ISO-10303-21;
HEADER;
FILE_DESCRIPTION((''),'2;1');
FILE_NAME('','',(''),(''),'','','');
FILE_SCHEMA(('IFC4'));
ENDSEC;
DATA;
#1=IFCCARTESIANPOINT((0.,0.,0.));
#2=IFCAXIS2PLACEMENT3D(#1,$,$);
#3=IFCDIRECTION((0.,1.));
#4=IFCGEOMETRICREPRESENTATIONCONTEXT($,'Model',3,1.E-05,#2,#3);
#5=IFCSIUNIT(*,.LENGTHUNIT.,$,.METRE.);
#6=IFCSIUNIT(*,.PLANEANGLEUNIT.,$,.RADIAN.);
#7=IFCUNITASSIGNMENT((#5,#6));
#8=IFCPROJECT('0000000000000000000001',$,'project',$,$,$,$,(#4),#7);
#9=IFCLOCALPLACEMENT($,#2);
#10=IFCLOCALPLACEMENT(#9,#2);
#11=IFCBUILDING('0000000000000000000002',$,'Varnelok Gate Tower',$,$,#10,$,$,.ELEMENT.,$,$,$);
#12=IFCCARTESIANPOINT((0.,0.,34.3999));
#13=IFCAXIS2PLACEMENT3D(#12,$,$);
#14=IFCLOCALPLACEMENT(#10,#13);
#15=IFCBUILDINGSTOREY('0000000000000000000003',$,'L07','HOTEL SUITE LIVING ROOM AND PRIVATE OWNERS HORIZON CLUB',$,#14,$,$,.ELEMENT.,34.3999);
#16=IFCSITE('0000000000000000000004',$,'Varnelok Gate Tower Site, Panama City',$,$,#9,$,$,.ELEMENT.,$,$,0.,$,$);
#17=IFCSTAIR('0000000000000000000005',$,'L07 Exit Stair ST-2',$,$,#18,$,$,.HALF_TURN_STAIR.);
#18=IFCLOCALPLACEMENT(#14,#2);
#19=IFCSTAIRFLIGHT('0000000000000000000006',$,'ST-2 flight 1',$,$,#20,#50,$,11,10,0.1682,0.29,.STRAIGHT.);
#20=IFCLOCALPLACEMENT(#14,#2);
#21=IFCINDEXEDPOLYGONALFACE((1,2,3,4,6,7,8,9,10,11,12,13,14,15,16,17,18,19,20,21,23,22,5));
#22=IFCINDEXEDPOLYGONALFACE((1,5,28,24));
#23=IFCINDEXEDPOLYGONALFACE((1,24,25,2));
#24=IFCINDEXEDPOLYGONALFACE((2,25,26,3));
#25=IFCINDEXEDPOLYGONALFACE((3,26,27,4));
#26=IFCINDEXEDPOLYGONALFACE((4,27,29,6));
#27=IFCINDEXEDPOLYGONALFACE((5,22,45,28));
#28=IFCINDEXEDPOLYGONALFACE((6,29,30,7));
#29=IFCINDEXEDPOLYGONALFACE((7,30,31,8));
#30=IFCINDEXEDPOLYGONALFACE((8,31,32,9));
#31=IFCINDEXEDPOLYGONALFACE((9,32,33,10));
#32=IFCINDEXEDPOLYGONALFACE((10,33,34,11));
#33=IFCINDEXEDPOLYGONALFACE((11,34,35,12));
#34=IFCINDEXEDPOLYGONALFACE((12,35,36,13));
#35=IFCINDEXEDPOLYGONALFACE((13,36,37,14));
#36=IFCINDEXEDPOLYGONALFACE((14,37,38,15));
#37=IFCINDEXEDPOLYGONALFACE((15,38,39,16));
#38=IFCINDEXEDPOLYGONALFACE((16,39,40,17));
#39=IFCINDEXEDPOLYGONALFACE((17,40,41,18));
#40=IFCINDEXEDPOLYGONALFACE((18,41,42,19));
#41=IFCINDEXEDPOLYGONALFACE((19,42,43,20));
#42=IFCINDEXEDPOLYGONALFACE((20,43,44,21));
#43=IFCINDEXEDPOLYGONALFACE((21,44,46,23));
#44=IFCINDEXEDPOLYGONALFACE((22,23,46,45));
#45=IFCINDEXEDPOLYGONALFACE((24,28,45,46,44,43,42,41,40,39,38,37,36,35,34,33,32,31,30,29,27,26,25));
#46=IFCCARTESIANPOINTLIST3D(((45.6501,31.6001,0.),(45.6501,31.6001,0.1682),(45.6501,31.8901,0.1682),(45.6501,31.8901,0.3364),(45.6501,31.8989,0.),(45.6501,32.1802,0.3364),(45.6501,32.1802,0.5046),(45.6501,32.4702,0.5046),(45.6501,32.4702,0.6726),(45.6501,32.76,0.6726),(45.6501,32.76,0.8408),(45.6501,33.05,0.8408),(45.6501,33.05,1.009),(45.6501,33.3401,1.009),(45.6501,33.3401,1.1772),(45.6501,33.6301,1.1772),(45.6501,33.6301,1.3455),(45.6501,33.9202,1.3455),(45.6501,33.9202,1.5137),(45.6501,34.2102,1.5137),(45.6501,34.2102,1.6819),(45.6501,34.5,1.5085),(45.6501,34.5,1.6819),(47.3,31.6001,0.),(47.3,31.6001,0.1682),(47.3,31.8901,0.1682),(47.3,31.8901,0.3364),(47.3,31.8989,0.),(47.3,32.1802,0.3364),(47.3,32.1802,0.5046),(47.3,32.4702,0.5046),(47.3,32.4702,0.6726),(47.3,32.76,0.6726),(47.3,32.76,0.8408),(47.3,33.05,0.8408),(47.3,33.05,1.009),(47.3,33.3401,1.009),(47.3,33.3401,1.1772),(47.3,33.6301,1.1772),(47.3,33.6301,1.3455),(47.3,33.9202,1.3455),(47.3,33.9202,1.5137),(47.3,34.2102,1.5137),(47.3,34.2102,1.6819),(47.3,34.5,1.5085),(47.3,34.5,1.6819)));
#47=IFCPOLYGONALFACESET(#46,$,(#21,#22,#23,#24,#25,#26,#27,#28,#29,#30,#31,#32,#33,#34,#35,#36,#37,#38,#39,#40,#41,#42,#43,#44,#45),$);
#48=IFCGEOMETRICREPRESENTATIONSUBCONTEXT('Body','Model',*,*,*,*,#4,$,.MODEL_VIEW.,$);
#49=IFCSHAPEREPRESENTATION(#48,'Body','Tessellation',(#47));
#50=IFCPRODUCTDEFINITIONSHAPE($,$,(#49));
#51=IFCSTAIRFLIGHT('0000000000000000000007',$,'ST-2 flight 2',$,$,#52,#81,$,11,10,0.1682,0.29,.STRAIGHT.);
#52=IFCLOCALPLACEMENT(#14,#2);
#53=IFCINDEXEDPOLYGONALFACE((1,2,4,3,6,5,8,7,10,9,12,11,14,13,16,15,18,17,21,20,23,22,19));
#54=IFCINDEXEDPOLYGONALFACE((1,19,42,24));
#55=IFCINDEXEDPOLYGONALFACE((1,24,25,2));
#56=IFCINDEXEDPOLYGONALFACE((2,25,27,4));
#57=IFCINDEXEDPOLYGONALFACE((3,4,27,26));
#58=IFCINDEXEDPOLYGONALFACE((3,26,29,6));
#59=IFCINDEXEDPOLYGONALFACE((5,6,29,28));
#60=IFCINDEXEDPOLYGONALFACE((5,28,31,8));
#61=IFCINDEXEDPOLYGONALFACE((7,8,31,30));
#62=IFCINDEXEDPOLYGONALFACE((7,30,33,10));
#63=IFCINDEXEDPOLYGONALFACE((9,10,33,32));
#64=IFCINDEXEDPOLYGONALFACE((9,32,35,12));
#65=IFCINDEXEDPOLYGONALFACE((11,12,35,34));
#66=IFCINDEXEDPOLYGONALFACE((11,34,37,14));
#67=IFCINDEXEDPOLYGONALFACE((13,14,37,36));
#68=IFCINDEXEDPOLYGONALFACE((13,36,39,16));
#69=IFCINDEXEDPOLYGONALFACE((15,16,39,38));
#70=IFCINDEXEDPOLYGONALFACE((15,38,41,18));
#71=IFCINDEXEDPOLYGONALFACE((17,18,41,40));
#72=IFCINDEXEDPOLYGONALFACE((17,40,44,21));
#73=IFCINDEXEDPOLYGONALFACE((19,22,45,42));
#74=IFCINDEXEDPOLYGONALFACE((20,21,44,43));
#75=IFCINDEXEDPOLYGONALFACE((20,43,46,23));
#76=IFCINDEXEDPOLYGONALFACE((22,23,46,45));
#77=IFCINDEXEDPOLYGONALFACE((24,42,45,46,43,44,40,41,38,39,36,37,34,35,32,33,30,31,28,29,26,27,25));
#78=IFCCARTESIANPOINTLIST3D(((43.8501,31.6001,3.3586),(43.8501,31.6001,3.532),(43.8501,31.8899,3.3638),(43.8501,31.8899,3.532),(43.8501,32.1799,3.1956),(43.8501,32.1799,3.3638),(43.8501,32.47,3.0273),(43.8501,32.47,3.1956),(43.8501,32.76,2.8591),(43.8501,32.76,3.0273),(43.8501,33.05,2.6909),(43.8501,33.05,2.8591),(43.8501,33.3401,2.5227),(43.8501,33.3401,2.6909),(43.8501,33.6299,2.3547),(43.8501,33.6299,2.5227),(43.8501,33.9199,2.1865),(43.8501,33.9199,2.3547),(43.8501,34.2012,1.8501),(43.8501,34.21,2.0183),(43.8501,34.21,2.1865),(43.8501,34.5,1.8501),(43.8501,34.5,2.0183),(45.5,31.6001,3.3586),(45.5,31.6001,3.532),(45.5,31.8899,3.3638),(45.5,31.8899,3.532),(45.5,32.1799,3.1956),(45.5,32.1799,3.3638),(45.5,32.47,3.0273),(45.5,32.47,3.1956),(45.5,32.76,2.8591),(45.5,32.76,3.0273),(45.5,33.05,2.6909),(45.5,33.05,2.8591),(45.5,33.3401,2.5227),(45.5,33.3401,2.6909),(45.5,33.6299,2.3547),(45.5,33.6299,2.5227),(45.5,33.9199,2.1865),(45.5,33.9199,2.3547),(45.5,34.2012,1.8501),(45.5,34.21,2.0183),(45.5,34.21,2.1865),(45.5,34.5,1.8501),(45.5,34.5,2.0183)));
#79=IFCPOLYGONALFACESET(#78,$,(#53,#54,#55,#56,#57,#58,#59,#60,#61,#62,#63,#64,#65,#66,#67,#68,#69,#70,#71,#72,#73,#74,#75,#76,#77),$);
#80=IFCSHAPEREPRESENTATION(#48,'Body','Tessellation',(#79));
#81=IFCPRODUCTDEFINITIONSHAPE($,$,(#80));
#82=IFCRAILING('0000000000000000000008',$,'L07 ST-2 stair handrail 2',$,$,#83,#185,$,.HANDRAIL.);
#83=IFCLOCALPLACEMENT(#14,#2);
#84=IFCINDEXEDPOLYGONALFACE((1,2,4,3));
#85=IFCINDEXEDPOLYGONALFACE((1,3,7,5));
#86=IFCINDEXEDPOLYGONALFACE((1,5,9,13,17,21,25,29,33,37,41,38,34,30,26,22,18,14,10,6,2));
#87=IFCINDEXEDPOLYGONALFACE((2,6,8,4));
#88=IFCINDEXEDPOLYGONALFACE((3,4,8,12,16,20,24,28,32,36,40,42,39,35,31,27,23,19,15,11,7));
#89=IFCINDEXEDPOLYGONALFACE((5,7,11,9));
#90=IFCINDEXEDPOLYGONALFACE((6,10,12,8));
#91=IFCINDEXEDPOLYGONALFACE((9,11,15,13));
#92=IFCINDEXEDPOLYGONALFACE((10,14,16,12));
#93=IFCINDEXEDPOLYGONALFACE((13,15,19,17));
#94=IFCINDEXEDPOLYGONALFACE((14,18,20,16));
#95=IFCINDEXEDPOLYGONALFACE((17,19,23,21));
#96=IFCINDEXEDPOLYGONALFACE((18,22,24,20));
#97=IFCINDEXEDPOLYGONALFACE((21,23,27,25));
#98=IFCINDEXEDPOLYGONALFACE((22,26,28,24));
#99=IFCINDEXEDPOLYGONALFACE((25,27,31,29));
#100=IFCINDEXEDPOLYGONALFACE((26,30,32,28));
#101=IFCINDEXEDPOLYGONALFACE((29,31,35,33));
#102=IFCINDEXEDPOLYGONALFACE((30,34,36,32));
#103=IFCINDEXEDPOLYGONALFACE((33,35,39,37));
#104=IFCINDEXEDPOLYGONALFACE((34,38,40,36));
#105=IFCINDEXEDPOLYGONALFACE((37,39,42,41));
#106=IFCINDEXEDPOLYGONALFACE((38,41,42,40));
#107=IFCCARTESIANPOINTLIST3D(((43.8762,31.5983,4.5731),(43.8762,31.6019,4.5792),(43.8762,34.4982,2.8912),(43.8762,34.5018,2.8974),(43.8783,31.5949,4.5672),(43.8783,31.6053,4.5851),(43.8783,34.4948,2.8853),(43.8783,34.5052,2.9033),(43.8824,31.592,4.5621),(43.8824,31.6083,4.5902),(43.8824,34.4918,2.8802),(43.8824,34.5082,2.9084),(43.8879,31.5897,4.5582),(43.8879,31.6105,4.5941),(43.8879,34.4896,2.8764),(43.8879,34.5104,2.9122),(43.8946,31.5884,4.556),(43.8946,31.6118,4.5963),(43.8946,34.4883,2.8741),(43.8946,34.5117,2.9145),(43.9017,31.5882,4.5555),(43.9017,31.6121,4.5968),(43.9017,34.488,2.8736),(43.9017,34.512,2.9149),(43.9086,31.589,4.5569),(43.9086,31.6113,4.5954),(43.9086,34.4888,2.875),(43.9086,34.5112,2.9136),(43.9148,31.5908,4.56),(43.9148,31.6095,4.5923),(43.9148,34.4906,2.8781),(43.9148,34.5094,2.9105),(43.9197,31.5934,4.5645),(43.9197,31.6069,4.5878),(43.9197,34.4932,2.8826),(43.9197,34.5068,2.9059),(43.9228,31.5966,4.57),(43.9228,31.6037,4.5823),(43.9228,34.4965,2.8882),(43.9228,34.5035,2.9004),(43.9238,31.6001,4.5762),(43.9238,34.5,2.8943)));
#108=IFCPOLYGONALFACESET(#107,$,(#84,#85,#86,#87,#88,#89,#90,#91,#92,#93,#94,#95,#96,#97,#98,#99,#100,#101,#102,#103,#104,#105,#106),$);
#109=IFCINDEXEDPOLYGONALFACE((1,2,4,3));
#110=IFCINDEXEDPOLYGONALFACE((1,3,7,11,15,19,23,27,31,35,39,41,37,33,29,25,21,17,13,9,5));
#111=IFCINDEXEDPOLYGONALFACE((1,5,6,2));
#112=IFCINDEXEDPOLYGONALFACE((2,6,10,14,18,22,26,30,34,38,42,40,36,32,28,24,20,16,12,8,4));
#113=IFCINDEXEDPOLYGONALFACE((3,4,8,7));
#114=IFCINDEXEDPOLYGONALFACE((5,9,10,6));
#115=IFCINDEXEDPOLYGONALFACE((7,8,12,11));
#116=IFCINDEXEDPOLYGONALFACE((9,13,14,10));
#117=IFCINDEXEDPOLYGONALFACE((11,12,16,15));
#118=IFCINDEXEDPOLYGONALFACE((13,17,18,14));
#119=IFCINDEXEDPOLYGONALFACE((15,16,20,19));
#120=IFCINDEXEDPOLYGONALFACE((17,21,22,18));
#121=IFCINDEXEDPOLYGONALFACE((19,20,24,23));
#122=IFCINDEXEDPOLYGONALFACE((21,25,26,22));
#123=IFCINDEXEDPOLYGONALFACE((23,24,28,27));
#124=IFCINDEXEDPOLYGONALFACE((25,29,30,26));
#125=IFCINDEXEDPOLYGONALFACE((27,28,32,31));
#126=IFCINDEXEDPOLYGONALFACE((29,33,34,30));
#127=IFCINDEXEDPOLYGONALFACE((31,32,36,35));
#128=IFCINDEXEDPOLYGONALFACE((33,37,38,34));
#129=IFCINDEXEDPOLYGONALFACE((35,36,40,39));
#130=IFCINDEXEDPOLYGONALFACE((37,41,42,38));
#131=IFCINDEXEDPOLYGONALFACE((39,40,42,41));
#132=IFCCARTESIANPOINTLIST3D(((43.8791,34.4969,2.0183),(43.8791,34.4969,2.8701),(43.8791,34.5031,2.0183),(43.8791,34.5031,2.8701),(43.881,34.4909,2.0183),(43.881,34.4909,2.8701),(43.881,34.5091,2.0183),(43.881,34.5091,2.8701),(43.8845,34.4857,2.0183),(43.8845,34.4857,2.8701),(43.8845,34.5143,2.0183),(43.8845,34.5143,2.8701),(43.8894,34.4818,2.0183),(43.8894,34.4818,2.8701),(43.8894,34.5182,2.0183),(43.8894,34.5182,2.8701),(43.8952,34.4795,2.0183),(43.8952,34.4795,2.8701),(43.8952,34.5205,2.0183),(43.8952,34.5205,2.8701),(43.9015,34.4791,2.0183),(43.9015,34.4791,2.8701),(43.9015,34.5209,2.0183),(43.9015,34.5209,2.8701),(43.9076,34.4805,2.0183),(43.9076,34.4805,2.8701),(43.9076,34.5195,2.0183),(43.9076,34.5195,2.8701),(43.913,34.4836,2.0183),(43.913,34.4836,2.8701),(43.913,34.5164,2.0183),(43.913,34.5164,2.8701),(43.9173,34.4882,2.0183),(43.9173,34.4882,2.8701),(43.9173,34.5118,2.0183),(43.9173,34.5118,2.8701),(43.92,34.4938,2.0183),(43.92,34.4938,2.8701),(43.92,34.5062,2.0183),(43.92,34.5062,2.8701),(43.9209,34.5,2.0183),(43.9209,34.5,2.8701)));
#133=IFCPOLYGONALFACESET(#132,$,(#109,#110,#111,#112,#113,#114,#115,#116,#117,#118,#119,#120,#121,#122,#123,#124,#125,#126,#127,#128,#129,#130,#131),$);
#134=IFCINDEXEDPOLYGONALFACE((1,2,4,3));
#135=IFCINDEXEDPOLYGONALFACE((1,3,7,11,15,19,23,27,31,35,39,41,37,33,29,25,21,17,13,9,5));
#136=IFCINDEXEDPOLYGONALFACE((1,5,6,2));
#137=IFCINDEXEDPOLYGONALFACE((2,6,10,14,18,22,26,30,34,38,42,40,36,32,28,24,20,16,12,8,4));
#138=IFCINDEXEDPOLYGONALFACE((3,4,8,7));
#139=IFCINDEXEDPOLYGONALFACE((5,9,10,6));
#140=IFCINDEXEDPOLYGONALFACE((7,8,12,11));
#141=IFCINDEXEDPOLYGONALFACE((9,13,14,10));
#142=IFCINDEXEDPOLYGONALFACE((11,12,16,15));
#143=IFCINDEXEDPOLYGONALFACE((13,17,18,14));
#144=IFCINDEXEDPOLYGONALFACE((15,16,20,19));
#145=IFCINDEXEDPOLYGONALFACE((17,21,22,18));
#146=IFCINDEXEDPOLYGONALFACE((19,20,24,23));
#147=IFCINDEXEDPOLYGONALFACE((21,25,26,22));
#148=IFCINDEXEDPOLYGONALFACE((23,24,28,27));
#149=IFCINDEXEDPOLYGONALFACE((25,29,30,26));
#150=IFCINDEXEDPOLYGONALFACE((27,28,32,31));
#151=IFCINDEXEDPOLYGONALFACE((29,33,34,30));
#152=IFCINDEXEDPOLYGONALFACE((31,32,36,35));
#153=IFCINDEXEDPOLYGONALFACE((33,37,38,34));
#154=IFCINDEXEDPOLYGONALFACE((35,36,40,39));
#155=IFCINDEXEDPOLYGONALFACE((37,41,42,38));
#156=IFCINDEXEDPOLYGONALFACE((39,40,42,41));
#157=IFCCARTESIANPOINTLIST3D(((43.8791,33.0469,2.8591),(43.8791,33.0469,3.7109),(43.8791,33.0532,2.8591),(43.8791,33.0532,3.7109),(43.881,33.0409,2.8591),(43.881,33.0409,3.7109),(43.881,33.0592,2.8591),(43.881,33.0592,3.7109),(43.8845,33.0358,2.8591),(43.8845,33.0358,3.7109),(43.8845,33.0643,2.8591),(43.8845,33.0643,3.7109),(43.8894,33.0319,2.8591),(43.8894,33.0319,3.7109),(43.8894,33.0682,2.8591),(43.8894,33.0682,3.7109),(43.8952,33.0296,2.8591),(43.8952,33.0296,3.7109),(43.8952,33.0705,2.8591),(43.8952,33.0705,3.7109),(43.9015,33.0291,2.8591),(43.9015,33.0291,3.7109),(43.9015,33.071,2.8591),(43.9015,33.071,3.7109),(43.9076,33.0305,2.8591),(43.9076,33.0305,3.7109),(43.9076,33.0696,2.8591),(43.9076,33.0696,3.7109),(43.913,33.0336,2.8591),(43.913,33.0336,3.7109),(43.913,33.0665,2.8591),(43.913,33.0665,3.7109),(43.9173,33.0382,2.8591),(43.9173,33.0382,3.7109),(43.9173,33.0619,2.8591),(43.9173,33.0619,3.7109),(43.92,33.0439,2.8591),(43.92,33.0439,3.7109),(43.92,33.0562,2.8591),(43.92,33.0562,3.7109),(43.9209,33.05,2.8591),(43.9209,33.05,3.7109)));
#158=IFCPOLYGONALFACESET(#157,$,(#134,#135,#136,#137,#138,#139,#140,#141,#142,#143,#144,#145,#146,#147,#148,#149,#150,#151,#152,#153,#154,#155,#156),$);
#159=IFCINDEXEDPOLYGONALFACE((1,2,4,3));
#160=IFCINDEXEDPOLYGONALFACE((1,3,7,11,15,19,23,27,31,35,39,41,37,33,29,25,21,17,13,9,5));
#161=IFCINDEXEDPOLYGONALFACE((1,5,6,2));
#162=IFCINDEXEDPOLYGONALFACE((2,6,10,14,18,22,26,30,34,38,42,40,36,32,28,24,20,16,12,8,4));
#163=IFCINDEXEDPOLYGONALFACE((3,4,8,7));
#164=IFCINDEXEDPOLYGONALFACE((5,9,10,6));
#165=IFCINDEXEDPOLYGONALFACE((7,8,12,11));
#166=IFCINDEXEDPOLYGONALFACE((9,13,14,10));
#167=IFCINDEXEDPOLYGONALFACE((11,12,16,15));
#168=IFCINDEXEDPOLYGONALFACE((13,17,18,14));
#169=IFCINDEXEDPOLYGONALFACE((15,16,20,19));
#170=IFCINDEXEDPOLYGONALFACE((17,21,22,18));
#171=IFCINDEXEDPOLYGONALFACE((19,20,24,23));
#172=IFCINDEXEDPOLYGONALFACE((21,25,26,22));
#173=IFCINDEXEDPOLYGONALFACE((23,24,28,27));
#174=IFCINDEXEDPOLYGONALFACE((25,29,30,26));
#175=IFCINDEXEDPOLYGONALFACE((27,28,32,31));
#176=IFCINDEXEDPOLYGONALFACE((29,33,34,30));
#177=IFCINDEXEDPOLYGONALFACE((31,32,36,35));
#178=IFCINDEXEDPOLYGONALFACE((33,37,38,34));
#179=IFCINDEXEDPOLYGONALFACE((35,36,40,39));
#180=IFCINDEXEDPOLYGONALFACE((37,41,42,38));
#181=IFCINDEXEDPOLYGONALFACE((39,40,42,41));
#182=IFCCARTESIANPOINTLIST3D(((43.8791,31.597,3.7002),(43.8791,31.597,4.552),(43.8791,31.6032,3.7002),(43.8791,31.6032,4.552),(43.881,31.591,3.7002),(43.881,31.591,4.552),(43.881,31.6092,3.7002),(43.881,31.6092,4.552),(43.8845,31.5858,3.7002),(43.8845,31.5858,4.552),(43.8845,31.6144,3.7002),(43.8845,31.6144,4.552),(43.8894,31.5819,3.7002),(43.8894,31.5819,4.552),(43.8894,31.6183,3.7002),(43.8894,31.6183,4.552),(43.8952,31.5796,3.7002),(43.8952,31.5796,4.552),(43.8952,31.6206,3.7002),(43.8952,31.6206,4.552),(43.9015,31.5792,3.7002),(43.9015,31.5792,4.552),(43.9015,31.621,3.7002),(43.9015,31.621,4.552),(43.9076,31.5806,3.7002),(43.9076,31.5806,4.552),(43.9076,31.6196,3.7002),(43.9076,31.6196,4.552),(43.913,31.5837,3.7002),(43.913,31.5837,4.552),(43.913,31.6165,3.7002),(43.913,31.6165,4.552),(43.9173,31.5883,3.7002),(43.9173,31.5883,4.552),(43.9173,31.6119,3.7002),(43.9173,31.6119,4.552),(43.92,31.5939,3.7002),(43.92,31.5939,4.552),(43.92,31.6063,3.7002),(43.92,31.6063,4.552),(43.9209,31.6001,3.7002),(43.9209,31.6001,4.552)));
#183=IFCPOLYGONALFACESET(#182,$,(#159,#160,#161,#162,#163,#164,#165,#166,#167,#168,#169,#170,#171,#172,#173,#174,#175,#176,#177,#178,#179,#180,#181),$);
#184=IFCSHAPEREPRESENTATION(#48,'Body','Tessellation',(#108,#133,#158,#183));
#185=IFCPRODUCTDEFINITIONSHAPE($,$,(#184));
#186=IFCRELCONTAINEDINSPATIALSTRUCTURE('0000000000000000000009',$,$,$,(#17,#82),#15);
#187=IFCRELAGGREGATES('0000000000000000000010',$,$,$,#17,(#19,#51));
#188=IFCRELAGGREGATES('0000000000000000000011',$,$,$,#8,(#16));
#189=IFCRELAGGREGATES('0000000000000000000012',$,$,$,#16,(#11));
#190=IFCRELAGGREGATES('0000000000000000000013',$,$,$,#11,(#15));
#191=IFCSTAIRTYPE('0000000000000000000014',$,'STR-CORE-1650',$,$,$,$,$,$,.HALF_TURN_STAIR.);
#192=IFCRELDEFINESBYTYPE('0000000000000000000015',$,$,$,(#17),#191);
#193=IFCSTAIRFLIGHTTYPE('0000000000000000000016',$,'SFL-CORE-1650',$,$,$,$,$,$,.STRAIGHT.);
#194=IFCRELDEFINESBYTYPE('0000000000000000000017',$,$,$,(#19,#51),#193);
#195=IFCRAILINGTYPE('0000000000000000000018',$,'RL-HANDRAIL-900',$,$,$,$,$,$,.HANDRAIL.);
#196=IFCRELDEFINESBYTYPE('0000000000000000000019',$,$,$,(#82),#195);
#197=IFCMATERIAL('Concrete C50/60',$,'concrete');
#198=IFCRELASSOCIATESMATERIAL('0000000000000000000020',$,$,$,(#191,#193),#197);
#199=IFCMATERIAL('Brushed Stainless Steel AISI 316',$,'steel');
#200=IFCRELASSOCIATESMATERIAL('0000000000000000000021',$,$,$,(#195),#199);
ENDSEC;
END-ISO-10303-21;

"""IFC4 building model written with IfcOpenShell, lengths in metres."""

from ifc_helpers import new_model, si_unit, direction, frame, origin, origin_2d, place, context, subcontext, project, spatial, polyline, circle, outline, extrude, material, type_object, element, aggregate, save


model = new_model("IFC4")

# Units and contexts
model_context = context("Model", 3, precision=1e-05, world=origin(), true_north=direction((0.0, 1.0)))
body_context = subcontext(model_context, "Body", "Model", "MODEL_VIEW")
ifc_project = project(units=[si_unit("LENGTHUNIT", "METRE"), si_unit("PLANEANGLEUNIT", "RADIAN")], contexts=[model_context])

# Site, building, storey
site_placement = place(None, origin())
site = spatial("IfcSite", under=ifc_project, at=site_placement, Name="Varnelok Gate Tower Site, Panama City", CompositionType="ELEMENT", RefElevation=0.0)
building_placement = place(site_placement, origin())
building = spatial("IfcBuilding", under=site, at=building_placement, Name="Varnelok Gate Tower", CompositionType="ELEMENT")
storey_placement = place(building_placement, frame((0.0, 0.0, 34.3999)))
storey = spatial("IfcBuildingStorey", under=building, at=storey_placement, Name="L07", Description="HOTEL SUITE LIVING ROOM AND PRIVATE OWNERS HORIZON CLUB", CompositionType="ELEMENT", Elevation=34.3999)

# Stair, stair flights
ifc_material_1 = material(Name="Concrete C50/60", Category="concrete")
stair_type = type_object("IfcStairType", Name="STR-CORE-1650", PredefinedType="HALF_TURN_STAIR", material=ifc_material_1)
stair_placement = place(storey_placement, origin())
stair = element("IfcStair", 1, at=stair_placement, inside=storey, type_object=stair_type, Name="L07 Exit Stair ST-2", PredefinedType="HALF_TURN_STAIR")
stair_flight_type = type_object("IfcStairFlightType", Name="SFL-CORE-1650", PredefinedType="STRAIGHT", material=ifc_material_1)
stair_flight_1_placement = place(storey_placement, frame((46.4751, 31.6001, 0.0), z_axis=(0.0, 0.0, 1.0), x_axis=(0.0, 1.0, 0.0)))
stair_flight_1 = element("IfcStairFlight", 2, at=stair_flight_1_placement, type_object=stair_flight_type, Name="ST-2 flight 1", NumberOfRisers=11, NumberOfTreads=10, PredefinedType="STRAIGHT", RiserHeight=0.1682, TreadLength=0.29, context=body_context, shape_type="SweptSolid", body=[
    extrude(outline(polyline([(0.0, 0.0), (0.0, 0.1682), (0.29, 0.1682), (0.29, 0.3364), (0.5801, 0.3364), (0.5801, 0.5046), (0.8701, 0.5046), (0.8701, 0.6726), (1.1599, 0.6726), (1.1599, 0.8408), (1.45, 0.8408), (1.45, 1.009), (1.74, 1.009), (1.74, 1.1772), (2.03, 1.1772), (2.03, 1.3455), (2.3201, 1.3455), (2.3201, 1.5137), (2.6101, 1.5137), (2.6101, 1.6819), (2.8999, 1.6819), (2.8999, 1.8501), (2.8999, 1.5085), (0.2988, 0.0), (0.0, 0.0)])), frame((0.0, 0.825, 0.0), z_axis=(0.0, -1.0, 0.0), x_axis=(1.0, 0.0, 0.0)), (0.0, 0.0, 1.0), 1.6499),
])
stair_flight_2_placement = place(storey_placement, frame((44.675, 34.5, 1.8501), z_axis=(0.0, 0.0, 1.0), x_axis=(0.0, -1.0, 0.0)))
stair_flight_2 = element("IfcStairFlight", 3, at=stair_flight_2_placement, type_object=stair_flight_type, Name="ST-2 flight 2", NumberOfRisers=11, NumberOfTreads=10, PredefinedType="STRAIGHT", RiserHeight=0.1682, TreadLength=0.29, context=body_context, shape_type="SweptSolid", body=[
    extrude(outline(polyline([(0.0, 0.0), (0.0, 0.1682), (0.29, 0.1682), (0.29, 0.3364), (0.5801, 0.3364), (0.5801, 0.5046), (0.8701, 0.5046), (0.8701, 0.6726), (1.1599, 0.6726), (1.1599, 0.8408), (1.45, 0.8408), (1.45, 1.009), (1.74, 1.009), (1.74, 1.1772), (2.03, 1.1772), (2.03, 1.3455), (2.3201, 1.3455), (2.3201, 1.5137), (2.6101, 1.5137), (2.6101, 1.6819), (2.8999, 1.6819), (2.8999, 1.8501), (2.8999, 1.5085), (0.2988, 0.0), (0.0, 0.0)])), frame((0.0, 0.825, 0.0), z_axis=(0.0, -1.0, 0.0), x_axis=(1.0, 0.0, 0.0)), (0.0, 0.0, 1.0), 1.6499),
])
aggregate(stair, [stair_flight_1, stair_flight_2])

# Railing
ifc_material_2 = material(Name="Brushed Stainless Steel AISI 316", Category="steel")
railing_type_1 = type_object("IfcRailingType", Name="RL-HANDRAIL-900", PredefinedType="HANDRAIL", material=ifc_material_2)
railing_1_placement = place(storey_placement, frame((43.8999, 34.5, 2.0183)))
element("IfcRailing", 4, at=railing_1_placement, inside=storey, type_object=railing_type_1, Name="L07 ST-2 stair handrail 2", PredefinedType="HANDRAIL", context=body_context, shape_type="SweptSolid", body=[
    extrude(circle(Radius=0.0239, at=origin_2d()), frame((0.0, 0.0, 0.876), z_axis=(0.0, -0.865039, 0.501705), x_axis=(1.0, 0.0, 0.0)), (0.0, 0.0, 1.0), 3.3523),
    extrude(circle(Radius=0.021, at=origin_2d()), origin(), (0.0, 0.0, 1.0), 0.8518),
    extrude(circle(Radius=0.021, at=origin_2d()), frame((0.0, -1.45, 0.8408)), (0.0, 0.0, 1.0), 0.8518),
    extrude(circle(Radius=0.021, at=origin_2d()), frame((0.0, -2.8999, 1.6819)), (0.0, 0.0, 1.0), 0.8518),
])

save(model, "model.ifc")
